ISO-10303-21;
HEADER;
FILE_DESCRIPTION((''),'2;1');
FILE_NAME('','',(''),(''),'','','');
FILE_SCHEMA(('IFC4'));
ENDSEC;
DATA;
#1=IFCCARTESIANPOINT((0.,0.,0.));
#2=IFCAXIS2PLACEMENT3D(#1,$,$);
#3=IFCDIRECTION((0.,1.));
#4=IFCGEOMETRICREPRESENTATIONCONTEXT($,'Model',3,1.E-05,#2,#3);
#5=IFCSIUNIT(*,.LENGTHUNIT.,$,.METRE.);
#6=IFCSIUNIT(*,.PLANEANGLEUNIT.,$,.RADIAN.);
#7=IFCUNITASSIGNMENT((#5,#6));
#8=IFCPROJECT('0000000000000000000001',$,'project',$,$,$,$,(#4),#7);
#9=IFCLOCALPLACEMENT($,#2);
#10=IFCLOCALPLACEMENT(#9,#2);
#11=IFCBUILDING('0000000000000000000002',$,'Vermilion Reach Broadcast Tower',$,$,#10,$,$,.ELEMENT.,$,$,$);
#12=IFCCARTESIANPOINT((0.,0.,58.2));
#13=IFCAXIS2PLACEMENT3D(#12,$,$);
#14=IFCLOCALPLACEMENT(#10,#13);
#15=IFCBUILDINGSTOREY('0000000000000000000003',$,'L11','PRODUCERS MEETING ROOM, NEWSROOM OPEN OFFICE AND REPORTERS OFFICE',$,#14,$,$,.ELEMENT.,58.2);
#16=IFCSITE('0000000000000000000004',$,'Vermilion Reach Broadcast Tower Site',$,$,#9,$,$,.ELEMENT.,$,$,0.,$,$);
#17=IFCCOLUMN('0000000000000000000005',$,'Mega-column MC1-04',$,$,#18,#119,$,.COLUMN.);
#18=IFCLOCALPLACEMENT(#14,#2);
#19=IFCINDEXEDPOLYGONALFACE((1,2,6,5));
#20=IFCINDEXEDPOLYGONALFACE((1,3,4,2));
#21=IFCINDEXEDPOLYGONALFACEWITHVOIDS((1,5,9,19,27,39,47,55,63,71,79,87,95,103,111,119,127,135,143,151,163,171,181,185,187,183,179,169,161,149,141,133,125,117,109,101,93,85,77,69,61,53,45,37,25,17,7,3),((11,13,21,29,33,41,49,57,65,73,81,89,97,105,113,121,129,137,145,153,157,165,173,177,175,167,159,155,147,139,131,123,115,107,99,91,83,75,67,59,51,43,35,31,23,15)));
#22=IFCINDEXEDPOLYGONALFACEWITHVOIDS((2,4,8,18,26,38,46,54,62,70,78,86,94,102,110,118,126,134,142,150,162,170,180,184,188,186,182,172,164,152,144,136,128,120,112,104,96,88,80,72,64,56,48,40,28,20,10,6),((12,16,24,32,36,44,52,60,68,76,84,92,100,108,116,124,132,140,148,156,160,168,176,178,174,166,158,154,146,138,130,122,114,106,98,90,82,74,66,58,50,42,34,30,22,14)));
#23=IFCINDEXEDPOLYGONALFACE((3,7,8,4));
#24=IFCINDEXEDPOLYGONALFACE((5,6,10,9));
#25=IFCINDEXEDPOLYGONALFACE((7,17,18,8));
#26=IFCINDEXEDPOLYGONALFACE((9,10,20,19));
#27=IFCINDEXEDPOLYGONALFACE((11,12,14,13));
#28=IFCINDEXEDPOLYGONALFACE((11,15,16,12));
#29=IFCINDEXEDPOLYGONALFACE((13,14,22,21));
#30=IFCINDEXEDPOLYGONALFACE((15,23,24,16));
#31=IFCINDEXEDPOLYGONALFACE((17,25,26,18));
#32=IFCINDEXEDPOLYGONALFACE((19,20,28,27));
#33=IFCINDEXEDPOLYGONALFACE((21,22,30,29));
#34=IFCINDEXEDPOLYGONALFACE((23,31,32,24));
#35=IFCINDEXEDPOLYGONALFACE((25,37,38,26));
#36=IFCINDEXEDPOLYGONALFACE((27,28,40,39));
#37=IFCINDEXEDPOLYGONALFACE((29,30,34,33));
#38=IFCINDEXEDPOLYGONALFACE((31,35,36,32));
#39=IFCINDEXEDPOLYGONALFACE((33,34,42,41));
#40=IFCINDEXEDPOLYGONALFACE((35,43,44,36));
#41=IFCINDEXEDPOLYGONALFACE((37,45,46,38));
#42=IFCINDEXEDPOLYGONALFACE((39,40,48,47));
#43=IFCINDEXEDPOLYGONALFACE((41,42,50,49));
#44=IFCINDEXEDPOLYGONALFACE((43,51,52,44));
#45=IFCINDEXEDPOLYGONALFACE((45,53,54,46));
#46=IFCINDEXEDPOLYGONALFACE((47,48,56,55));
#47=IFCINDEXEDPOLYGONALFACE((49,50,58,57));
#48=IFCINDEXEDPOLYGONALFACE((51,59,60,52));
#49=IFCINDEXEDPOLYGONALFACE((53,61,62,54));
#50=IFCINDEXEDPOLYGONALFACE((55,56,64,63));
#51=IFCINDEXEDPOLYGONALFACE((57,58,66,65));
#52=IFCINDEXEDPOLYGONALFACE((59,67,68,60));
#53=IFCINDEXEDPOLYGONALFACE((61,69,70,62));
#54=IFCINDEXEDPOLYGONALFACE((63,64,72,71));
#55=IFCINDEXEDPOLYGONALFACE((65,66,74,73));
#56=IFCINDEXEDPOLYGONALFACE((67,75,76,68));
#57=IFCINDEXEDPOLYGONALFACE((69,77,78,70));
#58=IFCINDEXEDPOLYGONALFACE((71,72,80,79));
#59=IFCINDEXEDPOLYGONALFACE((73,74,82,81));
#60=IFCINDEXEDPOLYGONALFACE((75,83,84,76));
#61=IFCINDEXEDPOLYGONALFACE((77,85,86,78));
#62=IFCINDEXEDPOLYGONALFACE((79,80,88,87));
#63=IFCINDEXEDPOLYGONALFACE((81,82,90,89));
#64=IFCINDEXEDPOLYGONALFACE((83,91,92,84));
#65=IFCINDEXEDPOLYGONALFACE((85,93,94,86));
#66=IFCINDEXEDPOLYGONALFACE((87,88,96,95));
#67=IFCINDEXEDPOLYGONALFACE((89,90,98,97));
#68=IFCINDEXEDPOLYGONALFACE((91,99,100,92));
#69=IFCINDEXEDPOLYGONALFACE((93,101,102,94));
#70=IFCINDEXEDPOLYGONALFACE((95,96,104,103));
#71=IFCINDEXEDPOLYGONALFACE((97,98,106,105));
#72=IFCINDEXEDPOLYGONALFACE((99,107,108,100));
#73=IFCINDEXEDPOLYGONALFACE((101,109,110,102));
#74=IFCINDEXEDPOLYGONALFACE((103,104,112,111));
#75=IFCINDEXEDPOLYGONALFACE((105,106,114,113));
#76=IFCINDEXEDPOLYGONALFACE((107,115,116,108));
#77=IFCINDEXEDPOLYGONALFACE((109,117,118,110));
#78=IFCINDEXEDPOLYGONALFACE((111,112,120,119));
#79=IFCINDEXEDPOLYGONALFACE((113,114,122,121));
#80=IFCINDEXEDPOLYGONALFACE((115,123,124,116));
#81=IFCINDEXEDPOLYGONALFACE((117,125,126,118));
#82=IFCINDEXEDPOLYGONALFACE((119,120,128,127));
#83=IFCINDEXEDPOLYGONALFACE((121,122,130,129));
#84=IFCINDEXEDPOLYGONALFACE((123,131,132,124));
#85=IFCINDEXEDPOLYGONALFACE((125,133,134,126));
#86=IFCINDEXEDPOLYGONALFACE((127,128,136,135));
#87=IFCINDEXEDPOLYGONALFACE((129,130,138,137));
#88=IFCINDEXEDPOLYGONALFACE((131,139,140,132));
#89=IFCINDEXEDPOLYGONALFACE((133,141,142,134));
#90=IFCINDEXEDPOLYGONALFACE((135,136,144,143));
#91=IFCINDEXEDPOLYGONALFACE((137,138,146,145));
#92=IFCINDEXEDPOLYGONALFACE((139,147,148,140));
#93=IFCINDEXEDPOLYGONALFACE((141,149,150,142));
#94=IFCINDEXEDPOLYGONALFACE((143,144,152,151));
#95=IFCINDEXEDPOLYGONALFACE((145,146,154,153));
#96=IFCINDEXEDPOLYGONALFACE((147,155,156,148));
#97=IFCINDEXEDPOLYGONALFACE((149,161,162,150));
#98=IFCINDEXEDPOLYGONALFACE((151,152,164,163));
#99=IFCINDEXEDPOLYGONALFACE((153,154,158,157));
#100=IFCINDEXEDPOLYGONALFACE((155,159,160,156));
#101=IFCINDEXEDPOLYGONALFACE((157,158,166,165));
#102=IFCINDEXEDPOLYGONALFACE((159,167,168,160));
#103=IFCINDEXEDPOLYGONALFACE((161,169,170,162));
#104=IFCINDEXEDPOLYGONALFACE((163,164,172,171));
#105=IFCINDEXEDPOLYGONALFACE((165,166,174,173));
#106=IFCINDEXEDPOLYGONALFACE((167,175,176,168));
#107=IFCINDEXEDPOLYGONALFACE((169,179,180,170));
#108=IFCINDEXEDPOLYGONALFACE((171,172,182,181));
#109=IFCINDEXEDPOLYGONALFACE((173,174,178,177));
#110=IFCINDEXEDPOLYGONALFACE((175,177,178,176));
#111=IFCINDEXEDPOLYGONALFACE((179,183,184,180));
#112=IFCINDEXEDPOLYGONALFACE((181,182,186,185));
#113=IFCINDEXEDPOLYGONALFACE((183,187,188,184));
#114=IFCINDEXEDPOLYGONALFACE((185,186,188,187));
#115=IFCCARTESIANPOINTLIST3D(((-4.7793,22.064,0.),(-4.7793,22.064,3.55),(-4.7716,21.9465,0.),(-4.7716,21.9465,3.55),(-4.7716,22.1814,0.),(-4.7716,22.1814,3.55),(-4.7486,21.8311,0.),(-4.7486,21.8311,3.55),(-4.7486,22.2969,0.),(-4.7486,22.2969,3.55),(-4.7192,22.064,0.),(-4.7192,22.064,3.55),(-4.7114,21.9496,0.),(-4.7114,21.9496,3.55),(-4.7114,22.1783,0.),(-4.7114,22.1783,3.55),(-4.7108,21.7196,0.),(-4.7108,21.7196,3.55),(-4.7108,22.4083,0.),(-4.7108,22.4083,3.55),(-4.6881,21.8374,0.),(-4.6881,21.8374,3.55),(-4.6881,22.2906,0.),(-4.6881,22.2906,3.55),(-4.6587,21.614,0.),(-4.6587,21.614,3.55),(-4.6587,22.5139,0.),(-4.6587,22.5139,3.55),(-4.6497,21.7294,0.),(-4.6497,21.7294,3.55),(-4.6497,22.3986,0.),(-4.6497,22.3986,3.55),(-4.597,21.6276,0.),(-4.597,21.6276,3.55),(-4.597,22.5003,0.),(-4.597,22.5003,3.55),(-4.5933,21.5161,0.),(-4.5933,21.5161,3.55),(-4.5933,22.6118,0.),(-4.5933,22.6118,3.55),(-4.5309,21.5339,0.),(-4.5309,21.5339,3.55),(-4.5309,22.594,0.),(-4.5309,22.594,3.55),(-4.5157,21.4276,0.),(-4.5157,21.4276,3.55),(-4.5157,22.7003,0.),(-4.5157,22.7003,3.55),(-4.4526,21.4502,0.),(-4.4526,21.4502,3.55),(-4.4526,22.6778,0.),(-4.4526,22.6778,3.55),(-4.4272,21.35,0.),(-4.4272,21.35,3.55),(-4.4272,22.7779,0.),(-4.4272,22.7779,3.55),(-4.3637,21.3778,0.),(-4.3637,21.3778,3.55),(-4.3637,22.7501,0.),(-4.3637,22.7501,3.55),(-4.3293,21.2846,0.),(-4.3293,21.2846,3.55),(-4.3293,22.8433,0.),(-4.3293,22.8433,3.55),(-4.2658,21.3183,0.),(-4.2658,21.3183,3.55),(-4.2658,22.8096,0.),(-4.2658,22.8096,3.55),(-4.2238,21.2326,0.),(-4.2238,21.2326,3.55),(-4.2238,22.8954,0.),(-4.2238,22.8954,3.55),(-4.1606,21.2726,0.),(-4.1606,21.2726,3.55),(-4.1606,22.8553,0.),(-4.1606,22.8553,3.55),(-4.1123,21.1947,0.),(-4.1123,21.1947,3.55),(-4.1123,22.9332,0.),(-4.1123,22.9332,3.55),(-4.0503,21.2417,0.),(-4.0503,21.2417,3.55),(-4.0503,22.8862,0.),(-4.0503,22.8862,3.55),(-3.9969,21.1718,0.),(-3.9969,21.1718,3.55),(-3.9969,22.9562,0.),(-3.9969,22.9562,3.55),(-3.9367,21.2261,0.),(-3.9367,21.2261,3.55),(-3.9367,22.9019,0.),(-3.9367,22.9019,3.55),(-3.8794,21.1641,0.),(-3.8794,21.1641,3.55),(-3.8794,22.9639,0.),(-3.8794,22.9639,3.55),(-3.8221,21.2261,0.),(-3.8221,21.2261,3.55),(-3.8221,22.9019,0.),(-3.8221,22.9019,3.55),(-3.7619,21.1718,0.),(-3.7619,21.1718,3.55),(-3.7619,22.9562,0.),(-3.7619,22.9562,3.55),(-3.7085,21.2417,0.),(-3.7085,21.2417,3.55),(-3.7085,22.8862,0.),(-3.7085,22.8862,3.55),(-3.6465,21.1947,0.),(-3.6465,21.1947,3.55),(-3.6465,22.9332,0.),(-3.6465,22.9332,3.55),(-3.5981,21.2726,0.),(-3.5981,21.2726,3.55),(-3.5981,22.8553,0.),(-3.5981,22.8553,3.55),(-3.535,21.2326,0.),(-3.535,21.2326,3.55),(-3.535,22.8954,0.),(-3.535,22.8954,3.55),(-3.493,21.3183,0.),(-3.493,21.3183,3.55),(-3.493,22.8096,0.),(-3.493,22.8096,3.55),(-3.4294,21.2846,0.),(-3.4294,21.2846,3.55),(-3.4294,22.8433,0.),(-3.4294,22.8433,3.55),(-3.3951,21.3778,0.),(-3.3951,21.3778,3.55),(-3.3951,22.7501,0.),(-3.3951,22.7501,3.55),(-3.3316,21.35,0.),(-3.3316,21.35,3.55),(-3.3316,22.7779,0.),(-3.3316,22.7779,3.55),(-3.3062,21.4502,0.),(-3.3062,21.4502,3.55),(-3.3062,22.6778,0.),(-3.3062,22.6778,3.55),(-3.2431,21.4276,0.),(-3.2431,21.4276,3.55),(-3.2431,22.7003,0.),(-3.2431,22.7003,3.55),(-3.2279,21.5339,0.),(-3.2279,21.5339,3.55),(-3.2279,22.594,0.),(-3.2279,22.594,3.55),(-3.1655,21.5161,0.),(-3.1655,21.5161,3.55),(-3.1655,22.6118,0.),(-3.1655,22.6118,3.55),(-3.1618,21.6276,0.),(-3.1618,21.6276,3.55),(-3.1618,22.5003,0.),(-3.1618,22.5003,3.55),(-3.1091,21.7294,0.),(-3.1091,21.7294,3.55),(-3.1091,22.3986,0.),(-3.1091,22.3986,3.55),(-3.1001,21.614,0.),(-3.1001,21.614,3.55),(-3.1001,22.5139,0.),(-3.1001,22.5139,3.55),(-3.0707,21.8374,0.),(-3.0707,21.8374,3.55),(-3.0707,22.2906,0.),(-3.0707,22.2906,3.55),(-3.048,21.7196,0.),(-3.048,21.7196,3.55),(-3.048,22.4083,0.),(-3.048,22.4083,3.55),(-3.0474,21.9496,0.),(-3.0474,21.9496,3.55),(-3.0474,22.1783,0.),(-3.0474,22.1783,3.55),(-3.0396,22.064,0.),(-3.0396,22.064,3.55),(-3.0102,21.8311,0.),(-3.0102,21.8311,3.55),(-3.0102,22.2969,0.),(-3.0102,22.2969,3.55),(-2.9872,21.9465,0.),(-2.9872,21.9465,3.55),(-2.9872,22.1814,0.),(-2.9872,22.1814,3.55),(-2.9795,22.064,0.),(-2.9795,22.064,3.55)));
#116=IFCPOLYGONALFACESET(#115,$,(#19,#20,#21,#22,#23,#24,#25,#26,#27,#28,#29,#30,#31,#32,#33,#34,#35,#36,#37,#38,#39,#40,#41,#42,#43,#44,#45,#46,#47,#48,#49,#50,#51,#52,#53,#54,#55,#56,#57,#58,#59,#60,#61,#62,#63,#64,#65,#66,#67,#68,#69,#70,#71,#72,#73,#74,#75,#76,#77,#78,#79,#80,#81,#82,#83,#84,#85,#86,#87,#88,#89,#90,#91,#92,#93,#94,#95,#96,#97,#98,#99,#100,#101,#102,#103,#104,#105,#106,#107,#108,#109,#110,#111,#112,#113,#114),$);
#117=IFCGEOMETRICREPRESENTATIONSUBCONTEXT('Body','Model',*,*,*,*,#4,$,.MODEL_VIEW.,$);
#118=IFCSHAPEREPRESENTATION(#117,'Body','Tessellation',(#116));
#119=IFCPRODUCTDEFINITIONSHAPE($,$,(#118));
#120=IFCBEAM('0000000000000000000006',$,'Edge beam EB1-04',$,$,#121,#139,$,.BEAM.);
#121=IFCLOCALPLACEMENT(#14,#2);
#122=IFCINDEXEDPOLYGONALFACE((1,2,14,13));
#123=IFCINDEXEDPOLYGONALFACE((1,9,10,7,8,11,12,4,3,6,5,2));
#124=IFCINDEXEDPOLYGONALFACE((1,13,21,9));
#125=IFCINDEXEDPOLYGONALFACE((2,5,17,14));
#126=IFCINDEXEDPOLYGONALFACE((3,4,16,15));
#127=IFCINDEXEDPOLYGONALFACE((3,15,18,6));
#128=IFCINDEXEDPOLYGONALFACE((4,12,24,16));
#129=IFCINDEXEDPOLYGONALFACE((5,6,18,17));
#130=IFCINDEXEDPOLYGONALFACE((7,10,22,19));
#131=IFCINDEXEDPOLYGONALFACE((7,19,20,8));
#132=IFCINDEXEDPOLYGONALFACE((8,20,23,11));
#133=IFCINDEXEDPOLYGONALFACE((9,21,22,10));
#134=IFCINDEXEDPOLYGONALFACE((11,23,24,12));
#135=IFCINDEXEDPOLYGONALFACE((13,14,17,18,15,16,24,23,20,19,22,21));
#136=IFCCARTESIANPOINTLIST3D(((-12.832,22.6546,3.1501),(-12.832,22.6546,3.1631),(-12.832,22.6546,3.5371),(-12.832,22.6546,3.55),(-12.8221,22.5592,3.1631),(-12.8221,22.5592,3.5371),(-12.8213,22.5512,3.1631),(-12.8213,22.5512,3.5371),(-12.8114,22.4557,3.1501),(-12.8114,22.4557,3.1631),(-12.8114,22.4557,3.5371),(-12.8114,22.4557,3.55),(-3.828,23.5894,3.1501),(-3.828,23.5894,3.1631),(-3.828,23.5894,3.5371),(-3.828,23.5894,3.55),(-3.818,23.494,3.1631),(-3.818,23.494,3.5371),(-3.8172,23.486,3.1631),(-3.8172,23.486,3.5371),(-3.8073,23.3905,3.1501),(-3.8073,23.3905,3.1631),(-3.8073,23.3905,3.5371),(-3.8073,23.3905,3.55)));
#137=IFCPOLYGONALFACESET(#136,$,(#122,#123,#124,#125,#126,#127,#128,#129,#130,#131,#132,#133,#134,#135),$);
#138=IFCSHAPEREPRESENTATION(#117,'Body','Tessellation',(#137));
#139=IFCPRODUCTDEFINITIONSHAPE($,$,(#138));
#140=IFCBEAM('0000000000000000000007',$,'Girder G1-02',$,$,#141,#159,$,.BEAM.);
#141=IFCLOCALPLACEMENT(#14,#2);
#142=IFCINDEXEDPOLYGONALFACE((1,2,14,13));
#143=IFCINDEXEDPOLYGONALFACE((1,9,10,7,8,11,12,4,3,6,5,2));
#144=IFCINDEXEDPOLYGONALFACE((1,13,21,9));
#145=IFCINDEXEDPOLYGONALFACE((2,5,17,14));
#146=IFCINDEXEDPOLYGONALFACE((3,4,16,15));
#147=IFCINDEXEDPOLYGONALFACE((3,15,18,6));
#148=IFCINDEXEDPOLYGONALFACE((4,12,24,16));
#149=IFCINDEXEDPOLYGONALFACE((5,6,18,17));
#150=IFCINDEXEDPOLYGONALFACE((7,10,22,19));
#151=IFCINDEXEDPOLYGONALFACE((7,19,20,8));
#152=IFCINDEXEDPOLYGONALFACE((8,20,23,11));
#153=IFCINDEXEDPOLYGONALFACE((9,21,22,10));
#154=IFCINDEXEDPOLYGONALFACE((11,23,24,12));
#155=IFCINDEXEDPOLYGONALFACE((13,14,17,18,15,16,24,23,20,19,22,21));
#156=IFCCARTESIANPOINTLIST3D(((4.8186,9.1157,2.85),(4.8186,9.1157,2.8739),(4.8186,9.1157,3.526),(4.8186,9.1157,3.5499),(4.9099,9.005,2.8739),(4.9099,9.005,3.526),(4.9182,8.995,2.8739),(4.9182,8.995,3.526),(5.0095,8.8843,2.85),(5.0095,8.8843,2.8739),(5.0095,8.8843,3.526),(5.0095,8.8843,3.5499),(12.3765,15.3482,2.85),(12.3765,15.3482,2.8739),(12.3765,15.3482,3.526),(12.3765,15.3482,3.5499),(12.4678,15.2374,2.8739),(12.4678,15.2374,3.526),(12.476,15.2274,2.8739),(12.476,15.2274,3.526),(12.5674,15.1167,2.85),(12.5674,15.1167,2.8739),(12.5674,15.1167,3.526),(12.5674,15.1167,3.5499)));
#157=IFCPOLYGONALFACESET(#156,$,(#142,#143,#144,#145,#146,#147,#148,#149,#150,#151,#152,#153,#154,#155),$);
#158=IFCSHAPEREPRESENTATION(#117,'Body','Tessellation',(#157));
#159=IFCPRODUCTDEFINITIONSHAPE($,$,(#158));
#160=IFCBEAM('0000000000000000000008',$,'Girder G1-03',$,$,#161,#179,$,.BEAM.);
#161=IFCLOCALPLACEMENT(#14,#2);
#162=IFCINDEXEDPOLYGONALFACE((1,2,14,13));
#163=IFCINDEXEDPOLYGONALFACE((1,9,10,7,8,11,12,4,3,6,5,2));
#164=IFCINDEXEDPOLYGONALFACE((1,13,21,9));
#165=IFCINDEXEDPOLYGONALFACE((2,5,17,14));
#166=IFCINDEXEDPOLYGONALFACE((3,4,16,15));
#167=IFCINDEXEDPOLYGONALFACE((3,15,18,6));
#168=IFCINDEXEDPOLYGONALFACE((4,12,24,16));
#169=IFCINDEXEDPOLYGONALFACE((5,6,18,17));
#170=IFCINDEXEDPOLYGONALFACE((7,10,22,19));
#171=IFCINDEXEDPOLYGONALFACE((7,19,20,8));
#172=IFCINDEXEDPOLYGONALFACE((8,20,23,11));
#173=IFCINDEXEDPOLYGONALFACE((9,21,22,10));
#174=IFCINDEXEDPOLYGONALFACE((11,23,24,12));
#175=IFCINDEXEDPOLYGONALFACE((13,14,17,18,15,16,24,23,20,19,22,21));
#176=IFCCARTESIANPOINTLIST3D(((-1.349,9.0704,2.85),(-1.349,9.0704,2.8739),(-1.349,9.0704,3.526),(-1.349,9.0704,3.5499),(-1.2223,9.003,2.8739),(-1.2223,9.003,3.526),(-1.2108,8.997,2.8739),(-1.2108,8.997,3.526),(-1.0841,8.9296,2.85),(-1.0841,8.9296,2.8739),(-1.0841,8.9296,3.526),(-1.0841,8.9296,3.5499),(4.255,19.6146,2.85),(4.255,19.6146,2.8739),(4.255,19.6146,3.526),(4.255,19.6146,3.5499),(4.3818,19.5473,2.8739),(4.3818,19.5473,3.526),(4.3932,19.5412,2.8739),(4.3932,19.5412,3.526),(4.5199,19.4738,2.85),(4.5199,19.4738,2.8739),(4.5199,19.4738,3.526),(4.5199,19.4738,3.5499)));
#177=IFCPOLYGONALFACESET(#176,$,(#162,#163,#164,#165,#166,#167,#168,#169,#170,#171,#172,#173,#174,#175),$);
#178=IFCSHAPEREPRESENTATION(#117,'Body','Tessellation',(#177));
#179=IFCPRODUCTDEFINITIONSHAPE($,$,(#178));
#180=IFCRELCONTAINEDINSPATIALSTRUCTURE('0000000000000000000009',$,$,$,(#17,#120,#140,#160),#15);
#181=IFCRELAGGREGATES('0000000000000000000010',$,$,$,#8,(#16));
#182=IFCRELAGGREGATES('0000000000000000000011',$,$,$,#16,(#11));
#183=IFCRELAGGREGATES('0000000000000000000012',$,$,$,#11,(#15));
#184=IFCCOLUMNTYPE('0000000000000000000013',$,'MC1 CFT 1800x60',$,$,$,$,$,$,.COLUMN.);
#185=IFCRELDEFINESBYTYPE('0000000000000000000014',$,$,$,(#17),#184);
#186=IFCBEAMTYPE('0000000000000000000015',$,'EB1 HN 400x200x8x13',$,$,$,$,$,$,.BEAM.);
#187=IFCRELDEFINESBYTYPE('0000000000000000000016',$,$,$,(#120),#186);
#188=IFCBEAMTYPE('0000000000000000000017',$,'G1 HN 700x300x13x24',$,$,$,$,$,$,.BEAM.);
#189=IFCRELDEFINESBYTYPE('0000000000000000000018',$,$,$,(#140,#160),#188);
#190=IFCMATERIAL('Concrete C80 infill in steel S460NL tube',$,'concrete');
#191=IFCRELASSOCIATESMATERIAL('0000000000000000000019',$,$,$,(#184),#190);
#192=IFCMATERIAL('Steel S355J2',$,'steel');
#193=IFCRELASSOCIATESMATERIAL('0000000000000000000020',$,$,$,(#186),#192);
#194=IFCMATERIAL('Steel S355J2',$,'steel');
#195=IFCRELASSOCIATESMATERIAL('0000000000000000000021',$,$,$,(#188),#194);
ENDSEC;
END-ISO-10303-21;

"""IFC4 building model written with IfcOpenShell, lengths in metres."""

from ifc_helpers import new_model, si_unit, direction, frame, origin, origin_2d, place, context, subcontext, project, spatial, hollow_circle, i_section, extrude, material, material_profile, profile_set, type_object, element, save


model = new_model("IFC4")

# Units and contexts
model_context = context("Model", 3, precision=1e-05, world=origin(), true_north=direction((0.0, 1.0)))
body_context = subcontext(model_context, "Body", "Model", "MODEL_VIEW")
ifc_project = project(units=[si_unit("LENGTHUNIT", "METRE"), si_unit("PLANEANGLEUNIT", "RADIAN")], contexts=[model_context])

# Site, building, storey
site_placement = place(None, origin())
site = spatial("IfcSite", under=ifc_project, at=site_placement, Name="Vermilion Reach Broadcast Tower Site", CompositionType="ELEMENT", RefElevation=0.0)
building_placement = place(site_placement, origin())
building = spatial("IfcBuilding", under=site, at=building_placement, Name="Vermilion Reach Broadcast Tower", CompositionType="ELEMENT")
storey_placement = place(building_placement, frame((0.0, 0.0, 58.2)))
storey = spatial("IfcBuildingStorey", under=building, at=storey_placement, Name="L11", Description="PRODUCERS MEETING ROOM, NEWSROOM OPEN OFFICE AND REPORTERS OFFICE", CompositionType="ELEMENT", Elevation=58.2)

# Column
ifc_material_1 = material(Name="Concrete C80 infill in steel S460NL tube", Category="concrete")
ifc_material_profile_1 = material_profile(ifc_material_1, hollow_circle(Radius=0.8999, WallThickness=0.0601, at=origin_2d()), Name="Concrete C80 infill in steel S460NL tube CFT 1800x60")
ifc_profile_set_1 = profile_set([ifc_material_profile_1], Name="Concrete C80 infill in steel S460NL tube")
column_type = type_object("IfcColumnType", Name="MC1 CFT 1800x60", PredefinedType="COLUMN", material=ifc_profile_set_1)
for number, where, z_axis, x_axis, name in (
    (1, (-3.8794, 22.064, 0.0), (0.0, 0.0, 1.0), (1.0, 0.0, 0.0), "Mega-column MC1-04"),
):
    element("IfcColumn", number, at=place(storey_placement, frame(where, z_axis=z_axis, x_axis=x_axis)), inside=storey, type_object=column_type, Name=name, PredefinedType="COLUMN", context=body_context, shape_type="SweptSolid", body=[
        extrude(hollow_circle(Radius=0.8999, WallThickness=0.0601, at=origin_2d()), origin(), (0.0, 0.0, 1.0), 3.55),
    ])

# Beams
ifc_material_2 = material(Name="Steel S355J2", Category="steel")
ifc_material_profile_2 = material_profile(ifc_material_2, i_section(OverallWidth=0.2, OverallDepth=0.3999, WebThickness=0.0081, FlangeThickness=0.0129, at=origin_2d()), Name="S355J2 HN 400x200x8x13")
ifc_profile_set_2 = profile_set([ifc_material_profile_2], Name="Steel S355J2")
beam_type_1 = type_object("IfcBeamType", Name="EB1 HN 400x200x8x13", PredefinedType="BEAM", material=ifc_profile_set_2)
beam_1_placement = place(storey_placement, frame((-3.8176, 23.49, 3.3501), z_axis=(-0.994654, -0.103265, 0.0), x_axis=(0.103265, -0.994654, 0.0)))
element("IfcBeam", 2, at=beam_1_placement, inside=storey, type_object=beam_type_1, Name="Edge beam EB1-04", PredefinedType="BEAM", context=body_context, shape_type="SweptSolid", body=[
    extrude(i_section(OverallWidth=0.2, OverallDepth=0.3999, WebThickness=0.0081, FlangeThickness=0.0129, at=origin_2d()), origin(), (0.0, 0.0, 1.0), 9.0525),
])
ifc_material_3 = material(Name="Steel S355J2", Category="steel")
ifc_material_profile_3 = material_profile(ifc_material_3, i_section(OverallWidth=0.3, OverallDepth=0.7, WebThickness=0.0129, FlangeThickness=0.0239, at=origin_2d()), Name="S355J2 HN 700x300x13x24")
ifc_profile_set_3 = profile_set([ifc_material_profile_3], Name="Steel S355J2")
beam_type_2 = type_object("IfcBeamType", Name="G1 HN 700x300x13x24", PredefinedType="BEAM", material=ifc_profile_set_3)
beam_2_placement = place(storey_placement, frame((4.9141, 9.0, 3.2), z_axis=(0.771514, 0.636212, 0.0), x_axis=(-0.636212, 0.771514, 0.0)))
element("IfcBeam", 3, at=beam_2_placement, inside=storey, type_object=beam_type_2, Name="Girder G1-02", PredefinedType="BEAM", context=body_context, shape_type="SweptSolid", body=[
    extrude(i_section(OverallWidth=0.3, OverallDepth=0.7, WebThickness=0.0129, FlangeThickness=0.0239, at=origin_2d()), origin(), (0.0, 0.0, 1.0), 9.7961),
])
beam_3_placement = place(storey_placement, frame((-1.2166, 9.0, 3.2), z_axis=(0.469312, 0.883032, 0.0), x_axis=(-0.883032, 0.469312, 0.0)))
element("IfcBeam", 4, at=beam_3_placement, inside=storey, type_object=beam_type_2, Name="Girder G1-03", PredefinedType="BEAM", context=body_context, shape_type="SweptSolid", body=[
    extrude(i_section(OverallWidth=0.3, OverallDepth=0.7, WebThickness=0.0129, FlangeThickness=0.0239, at=origin_2d()), origin(), (0.0, 0.0, 1.0), 11.9409),
])

save(model, "model.ifc")
